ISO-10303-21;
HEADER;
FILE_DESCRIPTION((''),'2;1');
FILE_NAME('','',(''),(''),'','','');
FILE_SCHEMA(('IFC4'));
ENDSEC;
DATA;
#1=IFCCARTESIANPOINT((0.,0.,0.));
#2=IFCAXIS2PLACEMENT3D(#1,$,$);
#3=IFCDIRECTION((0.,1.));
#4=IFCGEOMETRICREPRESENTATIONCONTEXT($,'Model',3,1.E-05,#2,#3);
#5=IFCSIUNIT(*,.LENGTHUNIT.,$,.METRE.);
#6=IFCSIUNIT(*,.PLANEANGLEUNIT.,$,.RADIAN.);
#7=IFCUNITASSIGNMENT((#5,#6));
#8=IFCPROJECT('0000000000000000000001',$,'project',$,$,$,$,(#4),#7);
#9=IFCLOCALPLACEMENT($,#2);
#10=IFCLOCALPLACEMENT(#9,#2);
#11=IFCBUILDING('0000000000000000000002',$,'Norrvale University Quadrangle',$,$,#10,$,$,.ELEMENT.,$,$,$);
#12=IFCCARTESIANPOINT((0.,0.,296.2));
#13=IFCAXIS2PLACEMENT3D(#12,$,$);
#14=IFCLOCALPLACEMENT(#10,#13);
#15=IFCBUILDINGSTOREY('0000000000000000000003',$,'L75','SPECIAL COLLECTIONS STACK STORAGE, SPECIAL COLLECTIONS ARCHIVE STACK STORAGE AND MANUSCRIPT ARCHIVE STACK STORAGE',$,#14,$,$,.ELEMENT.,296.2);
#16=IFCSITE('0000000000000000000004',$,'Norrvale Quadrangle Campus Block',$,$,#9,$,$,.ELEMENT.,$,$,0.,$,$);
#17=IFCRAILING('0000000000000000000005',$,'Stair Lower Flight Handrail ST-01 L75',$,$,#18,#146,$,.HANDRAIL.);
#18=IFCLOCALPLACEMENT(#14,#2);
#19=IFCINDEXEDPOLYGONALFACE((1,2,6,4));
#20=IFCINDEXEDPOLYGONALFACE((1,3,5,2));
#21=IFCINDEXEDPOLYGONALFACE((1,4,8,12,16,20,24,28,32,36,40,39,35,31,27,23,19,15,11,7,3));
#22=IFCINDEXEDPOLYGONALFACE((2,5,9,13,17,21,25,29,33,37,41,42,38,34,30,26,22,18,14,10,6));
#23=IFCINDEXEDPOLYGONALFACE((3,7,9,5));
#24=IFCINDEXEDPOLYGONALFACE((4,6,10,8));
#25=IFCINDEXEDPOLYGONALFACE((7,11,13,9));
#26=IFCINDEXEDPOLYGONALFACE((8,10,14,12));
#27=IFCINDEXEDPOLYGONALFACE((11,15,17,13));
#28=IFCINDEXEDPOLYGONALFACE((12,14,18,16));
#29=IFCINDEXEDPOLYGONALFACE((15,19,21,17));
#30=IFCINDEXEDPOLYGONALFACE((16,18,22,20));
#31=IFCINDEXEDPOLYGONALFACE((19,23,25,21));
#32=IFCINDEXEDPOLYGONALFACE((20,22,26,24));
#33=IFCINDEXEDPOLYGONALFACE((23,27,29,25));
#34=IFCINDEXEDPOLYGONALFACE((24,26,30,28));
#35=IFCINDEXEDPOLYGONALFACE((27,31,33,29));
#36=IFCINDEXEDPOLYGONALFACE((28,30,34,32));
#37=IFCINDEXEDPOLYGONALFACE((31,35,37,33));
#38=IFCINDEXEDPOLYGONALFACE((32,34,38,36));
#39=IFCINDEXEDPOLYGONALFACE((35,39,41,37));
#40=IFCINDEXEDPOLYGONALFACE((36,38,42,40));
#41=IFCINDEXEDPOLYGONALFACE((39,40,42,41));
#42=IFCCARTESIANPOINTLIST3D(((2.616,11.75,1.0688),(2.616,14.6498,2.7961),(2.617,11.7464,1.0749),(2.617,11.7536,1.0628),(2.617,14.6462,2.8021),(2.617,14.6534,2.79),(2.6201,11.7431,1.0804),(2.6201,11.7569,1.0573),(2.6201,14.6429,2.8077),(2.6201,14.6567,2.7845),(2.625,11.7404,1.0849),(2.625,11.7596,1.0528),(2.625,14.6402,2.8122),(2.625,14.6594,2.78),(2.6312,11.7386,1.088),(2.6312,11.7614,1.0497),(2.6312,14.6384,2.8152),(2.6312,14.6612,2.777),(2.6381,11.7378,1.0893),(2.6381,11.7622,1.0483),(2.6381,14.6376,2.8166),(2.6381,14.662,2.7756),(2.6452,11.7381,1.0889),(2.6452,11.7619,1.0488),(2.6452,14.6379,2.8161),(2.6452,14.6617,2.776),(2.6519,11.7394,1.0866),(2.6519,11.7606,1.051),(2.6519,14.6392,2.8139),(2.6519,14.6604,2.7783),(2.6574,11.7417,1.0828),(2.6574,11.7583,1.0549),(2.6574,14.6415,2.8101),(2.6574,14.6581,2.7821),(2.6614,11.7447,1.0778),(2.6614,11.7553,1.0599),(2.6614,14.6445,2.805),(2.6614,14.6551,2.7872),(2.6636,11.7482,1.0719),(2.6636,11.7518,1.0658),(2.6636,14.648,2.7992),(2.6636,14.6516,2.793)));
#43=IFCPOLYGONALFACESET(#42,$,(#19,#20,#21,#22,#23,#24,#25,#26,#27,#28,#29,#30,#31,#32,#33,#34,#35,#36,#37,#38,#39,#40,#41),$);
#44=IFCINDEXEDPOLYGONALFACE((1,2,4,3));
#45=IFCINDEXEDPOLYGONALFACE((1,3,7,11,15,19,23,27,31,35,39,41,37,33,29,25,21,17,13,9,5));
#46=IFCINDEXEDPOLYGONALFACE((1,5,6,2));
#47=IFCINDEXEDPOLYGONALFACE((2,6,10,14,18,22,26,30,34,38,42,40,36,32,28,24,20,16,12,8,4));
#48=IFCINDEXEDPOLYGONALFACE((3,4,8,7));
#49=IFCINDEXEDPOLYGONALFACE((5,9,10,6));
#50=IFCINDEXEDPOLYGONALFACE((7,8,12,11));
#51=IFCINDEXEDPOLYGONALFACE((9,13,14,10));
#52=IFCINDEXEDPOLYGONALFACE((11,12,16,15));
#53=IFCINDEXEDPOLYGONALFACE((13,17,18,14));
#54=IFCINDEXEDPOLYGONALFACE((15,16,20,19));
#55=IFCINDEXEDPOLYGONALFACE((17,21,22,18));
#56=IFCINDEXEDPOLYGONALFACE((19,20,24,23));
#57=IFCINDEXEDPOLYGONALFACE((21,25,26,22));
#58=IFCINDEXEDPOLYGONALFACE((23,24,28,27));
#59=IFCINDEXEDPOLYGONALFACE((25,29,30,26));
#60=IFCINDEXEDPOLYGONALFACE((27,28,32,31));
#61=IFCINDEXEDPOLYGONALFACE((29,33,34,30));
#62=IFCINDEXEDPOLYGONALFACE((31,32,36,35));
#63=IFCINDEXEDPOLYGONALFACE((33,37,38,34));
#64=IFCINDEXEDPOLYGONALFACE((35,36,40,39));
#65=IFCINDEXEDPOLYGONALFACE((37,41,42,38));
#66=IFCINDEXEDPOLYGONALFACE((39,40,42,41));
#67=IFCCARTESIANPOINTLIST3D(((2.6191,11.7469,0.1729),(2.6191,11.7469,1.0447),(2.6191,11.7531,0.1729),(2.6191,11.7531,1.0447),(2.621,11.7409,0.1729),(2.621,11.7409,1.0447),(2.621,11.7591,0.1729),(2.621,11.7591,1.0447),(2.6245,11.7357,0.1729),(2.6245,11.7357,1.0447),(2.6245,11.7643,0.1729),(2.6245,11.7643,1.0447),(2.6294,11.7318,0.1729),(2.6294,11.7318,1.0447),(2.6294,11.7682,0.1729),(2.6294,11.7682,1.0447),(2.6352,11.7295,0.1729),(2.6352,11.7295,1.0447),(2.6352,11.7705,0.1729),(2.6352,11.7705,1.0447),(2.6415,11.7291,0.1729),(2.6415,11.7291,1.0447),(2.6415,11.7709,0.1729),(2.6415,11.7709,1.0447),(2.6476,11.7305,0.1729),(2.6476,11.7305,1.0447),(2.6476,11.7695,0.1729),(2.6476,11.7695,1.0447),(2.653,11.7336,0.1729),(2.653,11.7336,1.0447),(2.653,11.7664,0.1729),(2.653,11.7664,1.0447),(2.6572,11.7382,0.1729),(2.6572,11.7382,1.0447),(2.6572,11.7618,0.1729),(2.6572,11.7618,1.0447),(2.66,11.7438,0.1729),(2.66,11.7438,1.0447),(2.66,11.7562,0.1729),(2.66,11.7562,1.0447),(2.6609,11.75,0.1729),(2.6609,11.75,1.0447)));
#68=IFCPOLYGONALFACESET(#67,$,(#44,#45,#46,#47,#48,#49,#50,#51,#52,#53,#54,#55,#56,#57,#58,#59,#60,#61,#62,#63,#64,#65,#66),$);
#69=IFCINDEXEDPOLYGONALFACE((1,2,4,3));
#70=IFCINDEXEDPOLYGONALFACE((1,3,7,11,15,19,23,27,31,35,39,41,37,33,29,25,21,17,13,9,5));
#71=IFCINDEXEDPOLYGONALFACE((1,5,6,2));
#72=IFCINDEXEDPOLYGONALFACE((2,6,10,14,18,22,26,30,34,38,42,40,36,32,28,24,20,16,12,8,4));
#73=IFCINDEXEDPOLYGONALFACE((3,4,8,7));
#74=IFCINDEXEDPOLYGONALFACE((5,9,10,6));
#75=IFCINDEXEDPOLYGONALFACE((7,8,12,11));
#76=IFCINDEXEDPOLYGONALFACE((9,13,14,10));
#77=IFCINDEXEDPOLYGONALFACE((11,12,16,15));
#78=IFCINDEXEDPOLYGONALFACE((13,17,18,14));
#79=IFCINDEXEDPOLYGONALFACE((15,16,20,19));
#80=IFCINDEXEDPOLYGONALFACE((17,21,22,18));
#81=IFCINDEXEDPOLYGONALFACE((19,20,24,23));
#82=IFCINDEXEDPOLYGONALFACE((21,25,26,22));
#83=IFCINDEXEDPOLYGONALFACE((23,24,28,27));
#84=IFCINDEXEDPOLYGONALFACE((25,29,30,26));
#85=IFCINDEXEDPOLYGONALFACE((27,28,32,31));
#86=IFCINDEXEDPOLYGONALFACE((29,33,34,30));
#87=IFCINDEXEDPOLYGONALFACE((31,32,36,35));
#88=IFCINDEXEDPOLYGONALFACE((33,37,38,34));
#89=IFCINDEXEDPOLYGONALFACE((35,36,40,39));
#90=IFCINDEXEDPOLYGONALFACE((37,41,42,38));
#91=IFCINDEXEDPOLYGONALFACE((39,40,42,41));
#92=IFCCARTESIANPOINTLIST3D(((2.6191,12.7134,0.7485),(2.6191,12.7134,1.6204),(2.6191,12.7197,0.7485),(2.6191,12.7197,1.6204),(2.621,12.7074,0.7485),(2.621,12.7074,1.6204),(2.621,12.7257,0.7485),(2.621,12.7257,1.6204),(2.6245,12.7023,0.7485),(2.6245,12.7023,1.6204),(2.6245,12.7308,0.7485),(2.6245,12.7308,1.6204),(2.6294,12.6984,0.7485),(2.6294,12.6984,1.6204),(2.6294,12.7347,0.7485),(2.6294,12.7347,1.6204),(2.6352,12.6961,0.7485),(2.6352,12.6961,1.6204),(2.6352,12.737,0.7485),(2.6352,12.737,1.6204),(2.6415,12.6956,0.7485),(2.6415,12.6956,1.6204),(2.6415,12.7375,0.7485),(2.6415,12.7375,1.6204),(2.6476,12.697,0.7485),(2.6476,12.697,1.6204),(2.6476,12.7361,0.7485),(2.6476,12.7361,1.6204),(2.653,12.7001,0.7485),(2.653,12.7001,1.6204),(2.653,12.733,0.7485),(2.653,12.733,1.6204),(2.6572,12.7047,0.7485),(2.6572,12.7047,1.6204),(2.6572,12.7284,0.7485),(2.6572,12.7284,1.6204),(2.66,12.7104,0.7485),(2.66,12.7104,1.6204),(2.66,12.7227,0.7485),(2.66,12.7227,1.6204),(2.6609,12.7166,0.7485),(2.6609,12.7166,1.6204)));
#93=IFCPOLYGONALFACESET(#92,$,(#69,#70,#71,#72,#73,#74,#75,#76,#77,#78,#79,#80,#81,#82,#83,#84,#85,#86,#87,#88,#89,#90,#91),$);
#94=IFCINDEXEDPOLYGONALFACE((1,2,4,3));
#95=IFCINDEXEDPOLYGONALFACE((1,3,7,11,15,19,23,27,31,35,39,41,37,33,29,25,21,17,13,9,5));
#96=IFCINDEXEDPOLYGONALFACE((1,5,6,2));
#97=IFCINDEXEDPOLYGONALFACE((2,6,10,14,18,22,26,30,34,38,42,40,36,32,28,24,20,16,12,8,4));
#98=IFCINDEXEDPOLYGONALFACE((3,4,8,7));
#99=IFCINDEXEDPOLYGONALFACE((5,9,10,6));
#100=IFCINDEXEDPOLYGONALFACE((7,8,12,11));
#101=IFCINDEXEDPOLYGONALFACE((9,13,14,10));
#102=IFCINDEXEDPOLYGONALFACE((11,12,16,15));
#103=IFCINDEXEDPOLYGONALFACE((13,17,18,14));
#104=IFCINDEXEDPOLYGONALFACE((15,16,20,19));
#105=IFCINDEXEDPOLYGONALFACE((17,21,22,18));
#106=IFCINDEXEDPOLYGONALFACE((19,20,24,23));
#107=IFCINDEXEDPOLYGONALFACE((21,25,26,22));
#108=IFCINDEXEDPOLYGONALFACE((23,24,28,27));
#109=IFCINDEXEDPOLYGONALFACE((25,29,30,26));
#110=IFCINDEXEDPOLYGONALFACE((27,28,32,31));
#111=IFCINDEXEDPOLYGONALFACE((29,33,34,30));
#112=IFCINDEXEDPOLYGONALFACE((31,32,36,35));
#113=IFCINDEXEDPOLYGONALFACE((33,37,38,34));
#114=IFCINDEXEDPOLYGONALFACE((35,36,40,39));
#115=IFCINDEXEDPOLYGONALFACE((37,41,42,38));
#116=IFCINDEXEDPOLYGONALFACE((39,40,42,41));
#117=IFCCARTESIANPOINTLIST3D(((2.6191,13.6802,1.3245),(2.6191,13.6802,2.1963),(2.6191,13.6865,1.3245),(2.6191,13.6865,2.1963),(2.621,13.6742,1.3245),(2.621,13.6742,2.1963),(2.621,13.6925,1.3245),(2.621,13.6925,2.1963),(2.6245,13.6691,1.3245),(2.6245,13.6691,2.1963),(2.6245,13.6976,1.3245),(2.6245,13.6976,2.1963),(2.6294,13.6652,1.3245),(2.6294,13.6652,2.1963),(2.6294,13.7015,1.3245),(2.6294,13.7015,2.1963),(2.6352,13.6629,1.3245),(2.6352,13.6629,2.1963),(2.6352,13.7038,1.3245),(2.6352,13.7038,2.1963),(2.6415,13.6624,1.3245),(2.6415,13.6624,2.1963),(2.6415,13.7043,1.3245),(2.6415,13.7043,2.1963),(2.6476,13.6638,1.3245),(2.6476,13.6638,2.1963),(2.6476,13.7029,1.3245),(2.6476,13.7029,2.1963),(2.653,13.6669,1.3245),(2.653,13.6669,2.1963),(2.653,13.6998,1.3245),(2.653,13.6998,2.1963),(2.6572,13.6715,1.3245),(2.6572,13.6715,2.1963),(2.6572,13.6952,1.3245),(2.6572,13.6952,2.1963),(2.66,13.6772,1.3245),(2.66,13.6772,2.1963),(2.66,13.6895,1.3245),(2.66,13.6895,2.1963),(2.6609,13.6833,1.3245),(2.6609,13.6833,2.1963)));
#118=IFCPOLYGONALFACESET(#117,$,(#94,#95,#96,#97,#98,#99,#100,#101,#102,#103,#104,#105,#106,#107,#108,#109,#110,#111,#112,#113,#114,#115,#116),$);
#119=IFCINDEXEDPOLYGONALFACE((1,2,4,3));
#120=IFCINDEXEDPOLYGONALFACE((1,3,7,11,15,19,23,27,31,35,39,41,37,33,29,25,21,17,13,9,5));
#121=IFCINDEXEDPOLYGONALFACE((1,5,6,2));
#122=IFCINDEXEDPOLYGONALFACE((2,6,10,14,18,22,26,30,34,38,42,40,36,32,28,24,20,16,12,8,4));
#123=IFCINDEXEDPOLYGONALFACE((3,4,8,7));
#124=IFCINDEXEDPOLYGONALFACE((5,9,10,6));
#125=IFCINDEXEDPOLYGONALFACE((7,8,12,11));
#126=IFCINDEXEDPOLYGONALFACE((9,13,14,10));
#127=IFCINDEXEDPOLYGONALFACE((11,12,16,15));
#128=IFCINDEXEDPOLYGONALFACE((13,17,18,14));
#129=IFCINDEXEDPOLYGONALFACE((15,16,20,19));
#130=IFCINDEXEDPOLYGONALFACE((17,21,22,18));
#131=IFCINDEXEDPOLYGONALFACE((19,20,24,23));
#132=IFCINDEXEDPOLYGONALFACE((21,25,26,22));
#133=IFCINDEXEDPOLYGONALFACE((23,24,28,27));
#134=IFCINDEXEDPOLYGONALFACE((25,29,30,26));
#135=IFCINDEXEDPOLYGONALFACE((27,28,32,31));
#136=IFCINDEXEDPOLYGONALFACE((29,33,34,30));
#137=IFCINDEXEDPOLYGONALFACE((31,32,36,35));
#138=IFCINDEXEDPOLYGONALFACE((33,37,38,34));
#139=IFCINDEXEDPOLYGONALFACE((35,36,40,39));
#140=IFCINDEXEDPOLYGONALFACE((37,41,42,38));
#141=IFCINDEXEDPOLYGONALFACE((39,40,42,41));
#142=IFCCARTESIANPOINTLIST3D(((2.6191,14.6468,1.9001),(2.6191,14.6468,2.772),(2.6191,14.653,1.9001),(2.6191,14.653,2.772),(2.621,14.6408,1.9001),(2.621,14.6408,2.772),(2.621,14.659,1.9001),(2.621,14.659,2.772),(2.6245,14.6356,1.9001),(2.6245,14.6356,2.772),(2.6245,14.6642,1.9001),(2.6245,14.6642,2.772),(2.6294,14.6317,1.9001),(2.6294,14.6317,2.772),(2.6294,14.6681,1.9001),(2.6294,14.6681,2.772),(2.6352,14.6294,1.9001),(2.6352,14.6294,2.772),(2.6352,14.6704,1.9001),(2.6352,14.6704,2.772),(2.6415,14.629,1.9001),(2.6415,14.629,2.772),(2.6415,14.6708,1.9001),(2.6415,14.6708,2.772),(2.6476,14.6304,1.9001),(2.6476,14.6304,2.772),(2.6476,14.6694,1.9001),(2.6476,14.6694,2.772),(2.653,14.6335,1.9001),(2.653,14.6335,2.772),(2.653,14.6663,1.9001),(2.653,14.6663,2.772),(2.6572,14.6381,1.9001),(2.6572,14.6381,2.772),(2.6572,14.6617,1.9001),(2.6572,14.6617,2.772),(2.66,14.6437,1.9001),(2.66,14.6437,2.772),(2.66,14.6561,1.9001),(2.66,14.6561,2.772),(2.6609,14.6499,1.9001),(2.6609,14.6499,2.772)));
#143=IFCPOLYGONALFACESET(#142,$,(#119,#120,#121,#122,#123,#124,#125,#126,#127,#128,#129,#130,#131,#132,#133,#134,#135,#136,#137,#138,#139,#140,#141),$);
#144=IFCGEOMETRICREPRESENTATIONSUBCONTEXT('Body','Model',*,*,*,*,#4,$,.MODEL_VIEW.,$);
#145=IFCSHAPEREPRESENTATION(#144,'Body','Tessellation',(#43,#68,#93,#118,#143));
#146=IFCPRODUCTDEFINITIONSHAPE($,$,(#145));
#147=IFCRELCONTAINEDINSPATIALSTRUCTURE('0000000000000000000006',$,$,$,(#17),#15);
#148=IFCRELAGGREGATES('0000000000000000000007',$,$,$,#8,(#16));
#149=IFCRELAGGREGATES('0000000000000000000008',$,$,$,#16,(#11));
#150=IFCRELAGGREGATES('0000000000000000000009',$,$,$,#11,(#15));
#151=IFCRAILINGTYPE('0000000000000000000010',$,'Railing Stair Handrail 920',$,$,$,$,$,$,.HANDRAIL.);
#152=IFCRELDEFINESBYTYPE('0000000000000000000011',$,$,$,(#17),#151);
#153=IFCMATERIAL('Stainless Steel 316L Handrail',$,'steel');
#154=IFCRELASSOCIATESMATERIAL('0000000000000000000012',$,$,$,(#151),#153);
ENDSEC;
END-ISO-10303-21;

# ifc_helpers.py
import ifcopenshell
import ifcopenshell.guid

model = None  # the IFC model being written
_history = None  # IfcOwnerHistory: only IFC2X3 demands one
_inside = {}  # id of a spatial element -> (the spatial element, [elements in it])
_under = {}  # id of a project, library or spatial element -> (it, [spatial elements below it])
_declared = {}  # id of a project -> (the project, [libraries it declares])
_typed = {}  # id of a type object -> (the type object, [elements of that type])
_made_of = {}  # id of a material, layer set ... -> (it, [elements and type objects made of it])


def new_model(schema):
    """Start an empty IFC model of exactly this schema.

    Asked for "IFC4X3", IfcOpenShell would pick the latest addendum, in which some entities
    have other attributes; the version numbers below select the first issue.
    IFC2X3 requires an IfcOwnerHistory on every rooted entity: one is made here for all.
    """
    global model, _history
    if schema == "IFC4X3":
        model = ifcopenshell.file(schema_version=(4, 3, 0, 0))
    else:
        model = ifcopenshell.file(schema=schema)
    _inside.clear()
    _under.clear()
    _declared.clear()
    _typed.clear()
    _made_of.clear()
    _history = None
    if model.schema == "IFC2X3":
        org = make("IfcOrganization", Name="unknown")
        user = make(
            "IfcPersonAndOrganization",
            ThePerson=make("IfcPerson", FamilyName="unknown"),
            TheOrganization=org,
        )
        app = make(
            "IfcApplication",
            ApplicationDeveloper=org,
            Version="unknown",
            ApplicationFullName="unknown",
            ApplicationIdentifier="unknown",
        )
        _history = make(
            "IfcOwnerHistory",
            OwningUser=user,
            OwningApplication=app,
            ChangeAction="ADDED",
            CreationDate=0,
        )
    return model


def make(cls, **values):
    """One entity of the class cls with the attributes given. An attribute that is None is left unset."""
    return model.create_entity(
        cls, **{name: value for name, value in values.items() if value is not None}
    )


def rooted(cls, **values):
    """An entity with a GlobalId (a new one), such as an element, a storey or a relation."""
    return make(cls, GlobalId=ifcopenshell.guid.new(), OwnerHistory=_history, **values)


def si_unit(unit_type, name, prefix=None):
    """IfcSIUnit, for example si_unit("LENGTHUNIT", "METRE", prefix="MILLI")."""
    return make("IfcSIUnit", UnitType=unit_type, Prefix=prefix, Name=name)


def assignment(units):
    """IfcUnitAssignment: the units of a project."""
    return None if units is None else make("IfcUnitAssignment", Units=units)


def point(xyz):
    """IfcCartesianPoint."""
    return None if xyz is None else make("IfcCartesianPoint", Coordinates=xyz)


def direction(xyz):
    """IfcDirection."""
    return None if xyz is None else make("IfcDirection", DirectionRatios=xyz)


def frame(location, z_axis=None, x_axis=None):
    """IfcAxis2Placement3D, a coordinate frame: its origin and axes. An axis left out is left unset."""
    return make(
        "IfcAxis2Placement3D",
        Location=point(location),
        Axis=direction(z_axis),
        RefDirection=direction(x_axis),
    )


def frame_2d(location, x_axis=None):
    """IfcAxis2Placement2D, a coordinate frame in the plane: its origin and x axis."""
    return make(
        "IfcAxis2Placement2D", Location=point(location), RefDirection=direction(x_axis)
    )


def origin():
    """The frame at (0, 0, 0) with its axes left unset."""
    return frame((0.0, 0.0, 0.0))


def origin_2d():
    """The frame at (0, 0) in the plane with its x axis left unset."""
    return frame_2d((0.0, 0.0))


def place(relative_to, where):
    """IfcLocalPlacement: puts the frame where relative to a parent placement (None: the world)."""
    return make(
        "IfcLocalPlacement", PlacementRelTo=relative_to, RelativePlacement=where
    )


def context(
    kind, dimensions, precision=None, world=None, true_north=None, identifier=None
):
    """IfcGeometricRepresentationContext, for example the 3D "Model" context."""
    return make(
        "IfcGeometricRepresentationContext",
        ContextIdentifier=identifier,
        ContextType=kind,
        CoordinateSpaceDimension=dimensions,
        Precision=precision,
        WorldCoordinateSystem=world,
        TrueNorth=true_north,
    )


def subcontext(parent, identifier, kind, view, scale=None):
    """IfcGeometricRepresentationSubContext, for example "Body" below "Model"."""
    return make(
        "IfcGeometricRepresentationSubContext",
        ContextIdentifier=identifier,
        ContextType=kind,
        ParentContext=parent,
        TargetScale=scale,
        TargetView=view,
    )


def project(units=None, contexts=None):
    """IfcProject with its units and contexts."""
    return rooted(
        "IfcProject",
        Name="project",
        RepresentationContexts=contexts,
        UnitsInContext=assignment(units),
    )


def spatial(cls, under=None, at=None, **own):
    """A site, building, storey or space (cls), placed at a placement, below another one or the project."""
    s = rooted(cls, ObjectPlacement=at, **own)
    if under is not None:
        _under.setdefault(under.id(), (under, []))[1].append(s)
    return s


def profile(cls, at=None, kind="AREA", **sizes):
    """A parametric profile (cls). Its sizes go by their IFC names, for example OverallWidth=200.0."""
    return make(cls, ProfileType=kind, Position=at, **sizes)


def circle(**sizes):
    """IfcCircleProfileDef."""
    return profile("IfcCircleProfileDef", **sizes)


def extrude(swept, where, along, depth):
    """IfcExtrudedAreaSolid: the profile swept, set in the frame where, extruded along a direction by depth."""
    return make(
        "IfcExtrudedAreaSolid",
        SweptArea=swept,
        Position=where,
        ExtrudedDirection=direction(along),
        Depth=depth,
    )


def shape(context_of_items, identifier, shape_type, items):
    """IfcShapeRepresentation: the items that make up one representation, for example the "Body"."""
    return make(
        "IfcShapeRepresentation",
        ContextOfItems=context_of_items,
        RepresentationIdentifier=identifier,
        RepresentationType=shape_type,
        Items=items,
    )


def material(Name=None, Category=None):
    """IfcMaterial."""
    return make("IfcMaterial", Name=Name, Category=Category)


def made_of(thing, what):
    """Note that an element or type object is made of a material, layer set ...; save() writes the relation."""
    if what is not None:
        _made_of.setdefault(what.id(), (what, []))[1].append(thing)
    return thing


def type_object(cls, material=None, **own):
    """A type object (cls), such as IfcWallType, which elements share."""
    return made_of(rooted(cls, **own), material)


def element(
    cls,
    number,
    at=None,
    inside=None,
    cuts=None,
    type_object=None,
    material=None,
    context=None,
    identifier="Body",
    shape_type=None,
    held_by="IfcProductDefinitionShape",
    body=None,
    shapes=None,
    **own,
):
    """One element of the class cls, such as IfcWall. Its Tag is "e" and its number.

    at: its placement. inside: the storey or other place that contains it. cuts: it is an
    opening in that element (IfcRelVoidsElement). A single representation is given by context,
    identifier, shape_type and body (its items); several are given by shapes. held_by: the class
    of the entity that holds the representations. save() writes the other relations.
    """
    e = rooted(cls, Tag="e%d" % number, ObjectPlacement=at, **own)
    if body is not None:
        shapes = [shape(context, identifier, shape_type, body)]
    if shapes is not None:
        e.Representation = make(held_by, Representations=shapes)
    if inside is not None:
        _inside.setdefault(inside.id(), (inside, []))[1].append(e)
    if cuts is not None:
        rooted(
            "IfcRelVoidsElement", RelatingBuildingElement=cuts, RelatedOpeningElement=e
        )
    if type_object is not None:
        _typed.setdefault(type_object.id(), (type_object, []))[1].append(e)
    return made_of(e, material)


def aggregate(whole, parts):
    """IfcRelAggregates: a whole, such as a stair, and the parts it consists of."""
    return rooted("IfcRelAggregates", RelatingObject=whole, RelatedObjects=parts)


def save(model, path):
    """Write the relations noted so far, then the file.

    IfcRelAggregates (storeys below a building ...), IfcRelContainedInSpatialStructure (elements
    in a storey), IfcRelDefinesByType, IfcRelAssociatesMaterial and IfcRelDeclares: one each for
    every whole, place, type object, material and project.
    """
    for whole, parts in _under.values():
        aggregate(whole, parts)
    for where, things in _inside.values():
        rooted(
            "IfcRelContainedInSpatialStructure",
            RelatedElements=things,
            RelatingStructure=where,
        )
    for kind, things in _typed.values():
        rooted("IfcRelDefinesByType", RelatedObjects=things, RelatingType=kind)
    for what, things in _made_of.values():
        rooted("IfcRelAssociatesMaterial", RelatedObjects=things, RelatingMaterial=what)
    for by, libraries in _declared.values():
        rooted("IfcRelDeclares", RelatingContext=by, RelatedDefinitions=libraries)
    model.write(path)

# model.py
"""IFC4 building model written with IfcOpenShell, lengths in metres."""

from ifc_helpers import new_model, si_unit, direction, frame, origin, origin_2d, place, context, subcontext, project, spatial, circle, extrude, material, type_object, element, save


model = new_model("IFC4")

# Units and contexts
model_context = context("Model", 3, precision=1e-05, world=origin(), true_north=direction((0.0, 1.0)))
body_context = subcontext(model_context, "Body", "Model", "MODEL_VIEW")
ifc_project = project(units=[si_unit("LENGTHUNIT", "METRE"), si_unit("PLANEANGLEUNIT", "RADIAN")], contexts=[model_context])

# Site, building, storey
site_placement = place(None, origin())
site = spatial("IfcSite", under=ifc_project, at=site_placement, Name="Norrvale Quadrangle Campus Block", CompositionType="ELEMENT", RefElevation=0.0)
building_placement = place(site_placement, origin())
building = spatial("IfcBuilding", under=site, at=building_placement, Name="Norrvale University Quadrangle", CompositionType="ELEMENT")
storey_placement = place(building_placement, frame((0.0, 0.0, 296.2)))
storey = spatial("IfcBuildingStorey", under=building, at=storey_placement, Name="L75", Description="SPECIAL COLLECTIONS STACK STORAGE, SPECIAL COLLECTIONS ARCHIVE STACK STORAGE AND MANUSCRIPT ARCHIVE STACK STORAGE", CompositionType="ELEMENT", Elevation=296.2)

# Railing
ifc_material_1 = material(Name="Stainless Steel 316L Handrail", Category="steel")
railing_type_1 = type_object("IfcRailingType", Name="Railing Stair Handrail 920", PredefinedType="HANDRAIL", material=ifc_material_1)
railing_1_placement = place(storey_placement, frame((2.6399, 11.75, 0.1729)))
element("IfcRailing", 1, at=railing_1_placement, inside=storey, type_object=railing_type_1, Name="Stair Lower Flight Handrail ST-01 L75", PredefinedType="HANDRAIL", context=body_context, shape_type="SweptSolid", body=[
    extrude(circle(Radius=0.0239, at=origin_2d()), frame((0.0, 0.0, 0.896), z_axis=(0.0, 0.859141, 0.511738), x_axis=(-1.0, 0.0, 0.0)), (0.0, 0.0, 1.0), 3.3752),
    extrude(circle(Radius=0.021, at=origin_2d()), origin(), (0.0, 0.0, 1.0), 0.8718),
    extrude(circle(Radius=0.021, at=origin_2d()), frame((0.0, 0.9666, 0.5757)), (0.0, 0.0, 1.0), 0.8718),
    extrude(circle(Radius=0.021, at=origin_2d()), frame((0.0, 1.9333, 1.1516)), (0.0, 0.0, 1.0), 0.8718),
    extrude(circle(Radius=0.021, at=origin_2d()), frame((0.0, 2.8999, 1.7273)), (0.0, 0.0, 1.0), 0.8718),
])

save(model, "model.ifc")
